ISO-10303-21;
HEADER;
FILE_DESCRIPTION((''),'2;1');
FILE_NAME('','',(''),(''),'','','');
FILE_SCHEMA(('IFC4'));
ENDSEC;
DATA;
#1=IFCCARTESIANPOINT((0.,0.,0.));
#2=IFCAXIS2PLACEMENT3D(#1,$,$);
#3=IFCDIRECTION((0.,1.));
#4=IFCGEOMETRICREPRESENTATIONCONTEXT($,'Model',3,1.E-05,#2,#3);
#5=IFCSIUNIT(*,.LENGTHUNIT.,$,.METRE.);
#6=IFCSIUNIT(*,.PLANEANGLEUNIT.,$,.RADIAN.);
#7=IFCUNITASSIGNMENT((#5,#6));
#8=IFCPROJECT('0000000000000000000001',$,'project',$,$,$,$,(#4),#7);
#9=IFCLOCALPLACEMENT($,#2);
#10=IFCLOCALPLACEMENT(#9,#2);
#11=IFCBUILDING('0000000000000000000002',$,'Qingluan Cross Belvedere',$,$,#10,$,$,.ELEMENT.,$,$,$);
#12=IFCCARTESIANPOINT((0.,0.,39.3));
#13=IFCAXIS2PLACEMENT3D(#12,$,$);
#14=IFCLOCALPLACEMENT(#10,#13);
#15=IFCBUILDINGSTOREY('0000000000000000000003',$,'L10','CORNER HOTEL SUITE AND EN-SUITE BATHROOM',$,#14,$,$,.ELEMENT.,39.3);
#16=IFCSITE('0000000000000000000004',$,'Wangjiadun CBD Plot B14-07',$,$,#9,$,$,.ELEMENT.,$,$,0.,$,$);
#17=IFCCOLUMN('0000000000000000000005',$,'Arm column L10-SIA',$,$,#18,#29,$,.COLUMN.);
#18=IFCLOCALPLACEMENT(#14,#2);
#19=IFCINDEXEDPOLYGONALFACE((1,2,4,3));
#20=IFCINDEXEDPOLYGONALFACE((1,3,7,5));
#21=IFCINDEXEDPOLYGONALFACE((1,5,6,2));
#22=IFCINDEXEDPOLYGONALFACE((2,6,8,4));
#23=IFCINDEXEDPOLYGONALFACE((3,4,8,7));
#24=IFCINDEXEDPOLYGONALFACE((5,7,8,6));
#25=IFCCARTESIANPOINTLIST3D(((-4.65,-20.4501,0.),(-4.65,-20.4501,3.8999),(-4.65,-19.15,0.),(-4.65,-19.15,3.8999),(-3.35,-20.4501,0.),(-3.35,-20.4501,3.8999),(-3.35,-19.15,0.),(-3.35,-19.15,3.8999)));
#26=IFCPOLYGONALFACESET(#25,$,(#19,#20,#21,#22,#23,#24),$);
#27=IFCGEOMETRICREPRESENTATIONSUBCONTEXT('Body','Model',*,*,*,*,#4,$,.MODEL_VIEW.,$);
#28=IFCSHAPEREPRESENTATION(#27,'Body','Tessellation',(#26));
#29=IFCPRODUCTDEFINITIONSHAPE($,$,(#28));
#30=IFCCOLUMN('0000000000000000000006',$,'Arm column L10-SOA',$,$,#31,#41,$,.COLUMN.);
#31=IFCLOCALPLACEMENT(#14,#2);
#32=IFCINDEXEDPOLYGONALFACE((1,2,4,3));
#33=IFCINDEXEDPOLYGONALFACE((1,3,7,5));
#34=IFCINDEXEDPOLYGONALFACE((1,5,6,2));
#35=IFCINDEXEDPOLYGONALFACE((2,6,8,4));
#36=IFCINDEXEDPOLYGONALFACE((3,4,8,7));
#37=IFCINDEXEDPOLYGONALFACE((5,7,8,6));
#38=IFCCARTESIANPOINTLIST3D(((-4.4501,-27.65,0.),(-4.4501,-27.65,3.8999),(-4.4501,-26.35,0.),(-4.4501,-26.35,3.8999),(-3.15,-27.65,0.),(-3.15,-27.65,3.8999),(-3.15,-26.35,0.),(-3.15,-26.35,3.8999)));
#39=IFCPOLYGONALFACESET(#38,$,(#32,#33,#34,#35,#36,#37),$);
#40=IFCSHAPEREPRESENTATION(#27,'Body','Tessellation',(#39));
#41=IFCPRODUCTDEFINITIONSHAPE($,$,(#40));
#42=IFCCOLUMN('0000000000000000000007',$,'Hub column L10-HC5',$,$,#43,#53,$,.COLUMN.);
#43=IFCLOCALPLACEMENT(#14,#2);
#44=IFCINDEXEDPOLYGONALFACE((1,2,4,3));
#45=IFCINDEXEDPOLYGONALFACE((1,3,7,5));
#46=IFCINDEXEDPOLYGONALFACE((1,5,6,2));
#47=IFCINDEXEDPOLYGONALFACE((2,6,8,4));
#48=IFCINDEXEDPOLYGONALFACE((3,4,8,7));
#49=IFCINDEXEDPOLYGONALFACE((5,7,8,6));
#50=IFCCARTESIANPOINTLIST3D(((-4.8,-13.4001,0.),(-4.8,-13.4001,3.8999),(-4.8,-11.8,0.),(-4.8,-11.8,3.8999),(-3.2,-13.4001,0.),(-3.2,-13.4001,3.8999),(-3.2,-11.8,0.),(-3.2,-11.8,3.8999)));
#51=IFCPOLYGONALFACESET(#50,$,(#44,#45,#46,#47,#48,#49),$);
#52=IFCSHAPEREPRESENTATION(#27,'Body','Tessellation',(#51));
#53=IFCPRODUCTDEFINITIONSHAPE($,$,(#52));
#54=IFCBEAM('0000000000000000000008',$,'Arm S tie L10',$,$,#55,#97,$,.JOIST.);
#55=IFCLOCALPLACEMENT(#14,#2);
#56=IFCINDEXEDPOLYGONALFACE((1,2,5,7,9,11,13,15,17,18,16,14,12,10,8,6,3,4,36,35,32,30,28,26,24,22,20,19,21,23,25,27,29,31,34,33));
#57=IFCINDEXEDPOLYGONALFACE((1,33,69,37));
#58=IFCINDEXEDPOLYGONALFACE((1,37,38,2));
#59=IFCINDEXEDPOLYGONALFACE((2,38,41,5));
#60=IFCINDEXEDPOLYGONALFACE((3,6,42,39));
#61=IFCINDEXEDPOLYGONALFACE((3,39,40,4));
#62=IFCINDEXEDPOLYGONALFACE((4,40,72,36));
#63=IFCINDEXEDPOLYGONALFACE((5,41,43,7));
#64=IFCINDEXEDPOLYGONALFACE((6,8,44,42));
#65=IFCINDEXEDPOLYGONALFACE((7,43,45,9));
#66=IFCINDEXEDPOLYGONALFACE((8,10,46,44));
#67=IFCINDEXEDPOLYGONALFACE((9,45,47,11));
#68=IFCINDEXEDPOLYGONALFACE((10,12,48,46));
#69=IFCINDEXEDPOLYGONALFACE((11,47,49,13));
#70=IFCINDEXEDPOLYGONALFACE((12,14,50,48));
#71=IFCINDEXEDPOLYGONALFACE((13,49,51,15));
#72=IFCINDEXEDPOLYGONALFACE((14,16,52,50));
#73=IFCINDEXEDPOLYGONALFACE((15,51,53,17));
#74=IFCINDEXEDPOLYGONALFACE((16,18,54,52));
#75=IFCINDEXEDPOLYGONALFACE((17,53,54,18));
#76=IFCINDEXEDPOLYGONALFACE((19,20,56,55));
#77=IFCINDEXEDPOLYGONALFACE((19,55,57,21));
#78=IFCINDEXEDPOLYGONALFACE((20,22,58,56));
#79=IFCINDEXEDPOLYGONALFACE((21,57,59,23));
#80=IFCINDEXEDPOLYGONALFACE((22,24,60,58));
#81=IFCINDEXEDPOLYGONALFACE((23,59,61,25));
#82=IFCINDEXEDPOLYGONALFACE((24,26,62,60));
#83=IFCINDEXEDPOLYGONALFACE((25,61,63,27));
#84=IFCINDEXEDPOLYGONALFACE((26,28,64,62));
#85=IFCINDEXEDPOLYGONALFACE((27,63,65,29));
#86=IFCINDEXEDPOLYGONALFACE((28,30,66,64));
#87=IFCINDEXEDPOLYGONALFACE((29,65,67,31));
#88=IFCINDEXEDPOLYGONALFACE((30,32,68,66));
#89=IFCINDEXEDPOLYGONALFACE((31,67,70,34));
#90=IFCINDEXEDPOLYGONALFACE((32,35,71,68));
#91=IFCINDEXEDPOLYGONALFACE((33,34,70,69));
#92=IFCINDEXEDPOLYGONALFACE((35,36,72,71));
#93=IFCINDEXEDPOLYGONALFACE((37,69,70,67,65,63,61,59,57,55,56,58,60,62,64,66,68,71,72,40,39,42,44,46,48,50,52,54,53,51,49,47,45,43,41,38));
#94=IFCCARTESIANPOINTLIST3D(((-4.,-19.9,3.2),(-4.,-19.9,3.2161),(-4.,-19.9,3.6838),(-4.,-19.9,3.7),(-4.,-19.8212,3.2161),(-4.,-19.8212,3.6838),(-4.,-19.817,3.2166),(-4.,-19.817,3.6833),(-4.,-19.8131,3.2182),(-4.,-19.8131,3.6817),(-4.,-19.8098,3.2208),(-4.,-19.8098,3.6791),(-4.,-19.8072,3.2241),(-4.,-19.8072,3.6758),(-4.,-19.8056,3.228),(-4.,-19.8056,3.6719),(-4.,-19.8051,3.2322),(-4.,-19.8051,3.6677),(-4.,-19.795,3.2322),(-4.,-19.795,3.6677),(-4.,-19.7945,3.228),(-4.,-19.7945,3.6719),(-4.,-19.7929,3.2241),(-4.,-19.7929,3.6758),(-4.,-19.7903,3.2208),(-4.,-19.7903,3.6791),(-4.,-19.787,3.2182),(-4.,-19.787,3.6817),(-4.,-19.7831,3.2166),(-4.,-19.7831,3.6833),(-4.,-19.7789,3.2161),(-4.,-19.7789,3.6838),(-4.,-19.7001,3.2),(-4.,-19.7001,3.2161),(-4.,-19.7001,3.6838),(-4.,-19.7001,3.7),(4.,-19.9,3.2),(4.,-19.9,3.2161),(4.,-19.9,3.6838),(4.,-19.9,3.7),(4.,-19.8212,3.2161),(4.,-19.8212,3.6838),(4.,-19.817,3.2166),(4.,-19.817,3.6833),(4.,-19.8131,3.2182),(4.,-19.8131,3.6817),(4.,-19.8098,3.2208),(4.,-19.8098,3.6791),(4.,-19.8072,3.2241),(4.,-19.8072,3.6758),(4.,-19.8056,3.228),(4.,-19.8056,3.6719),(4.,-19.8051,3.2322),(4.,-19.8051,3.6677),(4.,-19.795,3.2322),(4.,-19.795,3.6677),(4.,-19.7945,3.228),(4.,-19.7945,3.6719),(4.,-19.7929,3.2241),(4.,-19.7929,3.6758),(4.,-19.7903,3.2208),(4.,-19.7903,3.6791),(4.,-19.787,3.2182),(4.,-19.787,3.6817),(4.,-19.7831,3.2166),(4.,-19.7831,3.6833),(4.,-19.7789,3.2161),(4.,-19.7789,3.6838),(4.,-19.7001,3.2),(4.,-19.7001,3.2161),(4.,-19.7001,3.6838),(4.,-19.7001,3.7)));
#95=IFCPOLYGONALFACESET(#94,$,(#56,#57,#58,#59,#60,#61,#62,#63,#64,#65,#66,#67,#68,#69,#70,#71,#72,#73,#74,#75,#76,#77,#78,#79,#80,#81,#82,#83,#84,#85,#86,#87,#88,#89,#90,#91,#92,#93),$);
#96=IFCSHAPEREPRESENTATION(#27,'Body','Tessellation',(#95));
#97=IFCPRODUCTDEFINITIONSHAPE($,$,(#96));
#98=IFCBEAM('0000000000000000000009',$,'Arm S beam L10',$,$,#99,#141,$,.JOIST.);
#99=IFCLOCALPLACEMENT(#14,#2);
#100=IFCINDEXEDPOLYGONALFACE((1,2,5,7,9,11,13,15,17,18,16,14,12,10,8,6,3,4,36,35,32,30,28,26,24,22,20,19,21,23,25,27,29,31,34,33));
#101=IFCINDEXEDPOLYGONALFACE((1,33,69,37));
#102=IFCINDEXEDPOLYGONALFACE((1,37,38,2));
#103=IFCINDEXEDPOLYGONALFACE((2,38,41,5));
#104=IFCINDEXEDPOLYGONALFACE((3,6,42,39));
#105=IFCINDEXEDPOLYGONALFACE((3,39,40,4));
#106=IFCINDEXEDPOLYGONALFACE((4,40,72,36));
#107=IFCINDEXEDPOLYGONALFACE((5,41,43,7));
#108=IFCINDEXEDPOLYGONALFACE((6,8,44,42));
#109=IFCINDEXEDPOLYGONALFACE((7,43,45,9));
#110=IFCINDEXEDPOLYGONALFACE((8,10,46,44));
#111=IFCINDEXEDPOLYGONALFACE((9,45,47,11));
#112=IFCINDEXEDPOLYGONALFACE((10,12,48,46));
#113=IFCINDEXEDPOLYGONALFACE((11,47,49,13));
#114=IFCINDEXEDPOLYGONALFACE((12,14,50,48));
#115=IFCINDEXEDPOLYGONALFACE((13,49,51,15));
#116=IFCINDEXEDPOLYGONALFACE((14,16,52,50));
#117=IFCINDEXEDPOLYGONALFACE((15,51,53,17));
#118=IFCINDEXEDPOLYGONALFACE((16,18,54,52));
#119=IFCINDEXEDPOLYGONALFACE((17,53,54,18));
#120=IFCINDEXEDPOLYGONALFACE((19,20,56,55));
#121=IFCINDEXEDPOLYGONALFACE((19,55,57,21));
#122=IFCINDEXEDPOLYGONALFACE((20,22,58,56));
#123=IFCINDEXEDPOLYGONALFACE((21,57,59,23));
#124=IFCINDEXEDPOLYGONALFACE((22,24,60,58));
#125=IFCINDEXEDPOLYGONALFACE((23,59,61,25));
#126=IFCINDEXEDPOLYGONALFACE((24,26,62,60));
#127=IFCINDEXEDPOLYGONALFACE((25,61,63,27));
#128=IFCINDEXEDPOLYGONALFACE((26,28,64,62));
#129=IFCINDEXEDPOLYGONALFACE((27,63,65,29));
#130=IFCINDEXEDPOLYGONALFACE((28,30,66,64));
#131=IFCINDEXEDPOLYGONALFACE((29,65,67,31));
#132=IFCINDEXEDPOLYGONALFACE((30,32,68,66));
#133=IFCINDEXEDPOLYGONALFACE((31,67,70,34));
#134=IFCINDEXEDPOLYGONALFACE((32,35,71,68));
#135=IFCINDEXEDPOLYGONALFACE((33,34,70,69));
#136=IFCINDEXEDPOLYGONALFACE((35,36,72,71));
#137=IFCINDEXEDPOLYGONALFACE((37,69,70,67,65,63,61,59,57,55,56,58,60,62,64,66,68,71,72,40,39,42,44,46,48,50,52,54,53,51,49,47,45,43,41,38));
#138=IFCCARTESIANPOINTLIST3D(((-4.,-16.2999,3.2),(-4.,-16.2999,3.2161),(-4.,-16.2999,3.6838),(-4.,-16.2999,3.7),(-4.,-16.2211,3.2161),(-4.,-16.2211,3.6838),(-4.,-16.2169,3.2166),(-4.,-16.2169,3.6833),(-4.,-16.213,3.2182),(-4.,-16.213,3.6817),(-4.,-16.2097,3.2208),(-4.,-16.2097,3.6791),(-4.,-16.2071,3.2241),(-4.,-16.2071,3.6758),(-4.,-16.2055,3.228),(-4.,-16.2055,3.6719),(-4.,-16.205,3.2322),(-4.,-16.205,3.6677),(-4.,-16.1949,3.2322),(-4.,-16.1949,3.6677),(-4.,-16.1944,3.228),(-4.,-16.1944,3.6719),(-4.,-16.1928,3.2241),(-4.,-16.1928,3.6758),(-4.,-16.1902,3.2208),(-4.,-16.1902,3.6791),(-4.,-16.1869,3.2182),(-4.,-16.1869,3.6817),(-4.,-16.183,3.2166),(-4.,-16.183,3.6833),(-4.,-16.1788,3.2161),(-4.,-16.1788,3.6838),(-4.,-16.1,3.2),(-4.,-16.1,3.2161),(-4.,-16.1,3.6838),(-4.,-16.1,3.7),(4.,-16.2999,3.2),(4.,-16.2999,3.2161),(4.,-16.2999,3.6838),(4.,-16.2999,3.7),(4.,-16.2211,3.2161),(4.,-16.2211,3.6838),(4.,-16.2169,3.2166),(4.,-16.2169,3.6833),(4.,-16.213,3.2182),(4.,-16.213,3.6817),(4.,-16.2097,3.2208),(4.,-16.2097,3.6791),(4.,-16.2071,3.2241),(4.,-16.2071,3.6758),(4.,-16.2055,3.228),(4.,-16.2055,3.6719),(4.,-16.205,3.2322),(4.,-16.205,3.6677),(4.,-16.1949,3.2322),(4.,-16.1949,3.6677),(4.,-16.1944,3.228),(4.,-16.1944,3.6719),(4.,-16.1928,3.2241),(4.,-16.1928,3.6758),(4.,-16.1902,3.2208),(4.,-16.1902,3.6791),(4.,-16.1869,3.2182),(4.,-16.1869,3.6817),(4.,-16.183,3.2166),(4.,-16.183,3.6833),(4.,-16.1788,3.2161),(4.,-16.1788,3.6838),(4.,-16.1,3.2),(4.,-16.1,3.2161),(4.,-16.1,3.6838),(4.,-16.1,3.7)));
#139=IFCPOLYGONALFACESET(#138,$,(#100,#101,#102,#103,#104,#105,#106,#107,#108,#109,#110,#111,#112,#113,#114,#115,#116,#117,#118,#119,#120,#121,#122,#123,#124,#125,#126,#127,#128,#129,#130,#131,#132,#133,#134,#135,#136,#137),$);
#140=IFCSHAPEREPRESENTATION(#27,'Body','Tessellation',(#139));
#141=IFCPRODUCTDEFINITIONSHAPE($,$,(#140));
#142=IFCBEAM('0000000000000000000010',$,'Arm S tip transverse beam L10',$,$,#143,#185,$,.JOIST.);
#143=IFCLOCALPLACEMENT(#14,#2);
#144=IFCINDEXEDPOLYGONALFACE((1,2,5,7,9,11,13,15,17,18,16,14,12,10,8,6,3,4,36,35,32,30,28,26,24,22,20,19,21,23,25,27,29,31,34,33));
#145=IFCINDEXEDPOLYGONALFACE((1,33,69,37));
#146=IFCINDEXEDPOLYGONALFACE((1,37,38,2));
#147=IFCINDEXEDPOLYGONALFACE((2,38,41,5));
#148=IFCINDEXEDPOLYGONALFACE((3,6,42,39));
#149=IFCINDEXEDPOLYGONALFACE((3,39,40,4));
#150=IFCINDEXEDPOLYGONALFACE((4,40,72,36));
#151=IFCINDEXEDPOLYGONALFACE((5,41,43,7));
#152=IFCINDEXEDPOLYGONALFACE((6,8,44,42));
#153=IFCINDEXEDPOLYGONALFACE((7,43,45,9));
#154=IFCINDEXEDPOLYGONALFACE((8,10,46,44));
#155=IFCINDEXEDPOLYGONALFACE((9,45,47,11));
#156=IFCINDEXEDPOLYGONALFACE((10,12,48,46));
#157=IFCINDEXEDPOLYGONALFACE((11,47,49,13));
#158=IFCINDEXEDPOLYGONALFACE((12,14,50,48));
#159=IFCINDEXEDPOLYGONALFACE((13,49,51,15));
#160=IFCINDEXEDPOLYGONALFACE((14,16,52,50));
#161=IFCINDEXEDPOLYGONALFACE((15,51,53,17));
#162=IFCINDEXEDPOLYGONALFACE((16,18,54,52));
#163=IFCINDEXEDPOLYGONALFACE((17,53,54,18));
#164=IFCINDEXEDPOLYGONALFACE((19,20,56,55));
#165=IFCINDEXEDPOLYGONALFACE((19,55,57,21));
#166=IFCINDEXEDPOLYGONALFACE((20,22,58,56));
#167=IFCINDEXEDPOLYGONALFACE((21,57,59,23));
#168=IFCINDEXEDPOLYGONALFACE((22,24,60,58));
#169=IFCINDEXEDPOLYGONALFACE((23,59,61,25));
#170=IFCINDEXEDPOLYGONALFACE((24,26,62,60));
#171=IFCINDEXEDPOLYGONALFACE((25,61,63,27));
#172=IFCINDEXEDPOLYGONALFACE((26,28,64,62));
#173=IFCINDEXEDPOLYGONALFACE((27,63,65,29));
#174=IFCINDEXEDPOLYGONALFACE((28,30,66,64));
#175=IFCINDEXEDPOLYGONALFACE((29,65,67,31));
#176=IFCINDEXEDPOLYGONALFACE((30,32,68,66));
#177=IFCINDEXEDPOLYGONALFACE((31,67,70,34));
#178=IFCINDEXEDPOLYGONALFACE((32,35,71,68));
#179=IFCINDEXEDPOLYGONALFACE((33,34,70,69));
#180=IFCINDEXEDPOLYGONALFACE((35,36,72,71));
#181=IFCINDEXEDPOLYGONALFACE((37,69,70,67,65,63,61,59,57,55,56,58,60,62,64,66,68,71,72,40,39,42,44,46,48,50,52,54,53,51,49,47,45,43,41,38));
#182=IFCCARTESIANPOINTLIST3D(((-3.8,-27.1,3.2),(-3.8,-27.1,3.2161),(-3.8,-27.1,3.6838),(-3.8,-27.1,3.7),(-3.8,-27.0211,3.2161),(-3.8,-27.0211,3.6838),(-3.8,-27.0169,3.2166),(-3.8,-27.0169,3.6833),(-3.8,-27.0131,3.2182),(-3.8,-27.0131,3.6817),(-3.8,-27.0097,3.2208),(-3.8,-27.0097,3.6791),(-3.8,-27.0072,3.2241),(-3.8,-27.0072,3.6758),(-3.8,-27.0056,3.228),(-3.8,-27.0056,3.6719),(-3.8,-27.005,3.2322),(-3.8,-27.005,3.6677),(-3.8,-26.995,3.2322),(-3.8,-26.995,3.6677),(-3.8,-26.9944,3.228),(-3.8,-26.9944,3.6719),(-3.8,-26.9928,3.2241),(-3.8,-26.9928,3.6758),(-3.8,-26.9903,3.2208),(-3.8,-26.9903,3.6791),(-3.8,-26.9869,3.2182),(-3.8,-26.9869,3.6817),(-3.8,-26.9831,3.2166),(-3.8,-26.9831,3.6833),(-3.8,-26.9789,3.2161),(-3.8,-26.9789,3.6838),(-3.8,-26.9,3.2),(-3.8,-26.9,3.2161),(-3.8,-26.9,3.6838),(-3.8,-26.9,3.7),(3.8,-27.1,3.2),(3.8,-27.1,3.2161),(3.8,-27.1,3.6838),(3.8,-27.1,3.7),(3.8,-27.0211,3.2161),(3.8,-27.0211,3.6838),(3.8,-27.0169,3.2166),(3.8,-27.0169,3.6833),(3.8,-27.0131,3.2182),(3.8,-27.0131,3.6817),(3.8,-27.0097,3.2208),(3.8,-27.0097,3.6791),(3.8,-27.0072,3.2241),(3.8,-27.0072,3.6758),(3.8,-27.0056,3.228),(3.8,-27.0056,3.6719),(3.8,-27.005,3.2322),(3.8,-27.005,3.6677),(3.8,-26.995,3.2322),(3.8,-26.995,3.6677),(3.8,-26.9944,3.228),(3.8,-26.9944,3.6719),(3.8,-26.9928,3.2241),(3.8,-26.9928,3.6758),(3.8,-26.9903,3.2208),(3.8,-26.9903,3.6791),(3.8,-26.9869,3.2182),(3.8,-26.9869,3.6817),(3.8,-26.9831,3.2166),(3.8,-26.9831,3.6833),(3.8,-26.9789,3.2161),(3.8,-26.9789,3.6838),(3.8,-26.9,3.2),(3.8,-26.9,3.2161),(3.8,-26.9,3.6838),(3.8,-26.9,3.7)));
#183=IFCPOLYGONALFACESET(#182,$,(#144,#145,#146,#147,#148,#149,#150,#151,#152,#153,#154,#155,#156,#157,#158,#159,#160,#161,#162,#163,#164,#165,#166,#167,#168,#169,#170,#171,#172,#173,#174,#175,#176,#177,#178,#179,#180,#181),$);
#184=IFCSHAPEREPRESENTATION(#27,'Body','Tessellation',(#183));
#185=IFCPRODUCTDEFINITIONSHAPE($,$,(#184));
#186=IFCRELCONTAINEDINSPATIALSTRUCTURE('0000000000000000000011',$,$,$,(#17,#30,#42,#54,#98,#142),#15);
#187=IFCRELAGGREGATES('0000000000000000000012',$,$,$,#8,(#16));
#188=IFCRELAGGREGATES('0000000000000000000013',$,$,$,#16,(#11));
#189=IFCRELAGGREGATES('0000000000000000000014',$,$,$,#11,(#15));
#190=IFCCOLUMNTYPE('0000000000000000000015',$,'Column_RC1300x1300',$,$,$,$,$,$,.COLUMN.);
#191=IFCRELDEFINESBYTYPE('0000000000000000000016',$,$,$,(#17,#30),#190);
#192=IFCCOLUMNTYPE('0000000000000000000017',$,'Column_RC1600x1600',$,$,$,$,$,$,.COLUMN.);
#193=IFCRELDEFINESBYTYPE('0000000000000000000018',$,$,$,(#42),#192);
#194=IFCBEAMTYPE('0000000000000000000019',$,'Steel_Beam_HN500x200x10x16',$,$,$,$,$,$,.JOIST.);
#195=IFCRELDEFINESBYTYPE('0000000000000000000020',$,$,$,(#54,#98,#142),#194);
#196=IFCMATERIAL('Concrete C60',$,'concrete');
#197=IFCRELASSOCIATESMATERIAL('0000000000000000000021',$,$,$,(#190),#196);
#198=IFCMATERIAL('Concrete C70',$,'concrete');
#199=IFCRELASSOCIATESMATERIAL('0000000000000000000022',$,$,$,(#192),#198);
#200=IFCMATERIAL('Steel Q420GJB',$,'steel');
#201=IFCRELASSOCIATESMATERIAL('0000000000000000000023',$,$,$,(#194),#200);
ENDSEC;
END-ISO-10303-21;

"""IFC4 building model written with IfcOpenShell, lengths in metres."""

from ifc_helpers import new_model, si_unit, direction, frame, origin, origin_2d, place, context, subcontext, project, spatial, rectangle, i_section, extrude, material, material_profile, profile_set, type_object, element, save


model = new_model("IFC4")

# Units and contexts
model_context = context("Model", 3, precision=1e-05, world=origin(), true_north=direction((0.0, 1.0)))
body_context = subcontext(model_context, "Body", "Model", "MODEL_VIEW")
ifc_project = project(units=[si_unit("LENGTHUNIT", "METRE"), si_unit("PLANEANGLEUNIT", "RADIAN")], contexts=[model_context])

# Site, building, storey
site_placement = place(None, origin())
site = spatial("IfcSite", under=ifc_project, at=site_placement, Name="Wangjiadun CBD Plot B14-07", CompositionType="ELEMENT", RefElevation=0.0)
building_placement = place(site_placement, origin())
building = spatial("IfcBuilding", under=site, at=building_placement, Name="Qingluan Cross Belvedere", CompositionType="ELEMENT")
storey_placement = place(building_placement, frame((0.0, 0.0, 39.3)))
storey = spatial("IfcBuildingStorey", under=building, at=storey_placement, Name="L10", Description="CORNER HOTEL SUITE AND EN-SUITE BATHROOM", CompositionType="ELEMENT", Elevation=39.3)

# Columns
ifc_material_1 = material(Name="Concrete C60", Category="concrete")
ifc_material_profile_1 = material_profile(ifc_material_1, rectangle(XDim=1.3, YDim=1.3, at=origin_2d()), Name="RC1300x1300")
ifc_profile_set_1 = profile_set([ifc_material_profile_1], Name="Concrete C60")
column_type_1 = type_object("IfcColumnType", Name="Column_RC1300x1300", PredefinedType="COLUMN", material=ifc_profile_set_1)
for number, where, z_axis, x_axis, name in (
    (1, (-4.0, -19.8, 0.0), (0.0, 0.0, 1.0), (1.0, 0.0, 0.0), "Arm column L10-SIA"),
    (2, (-3.8, -27.0, 0.0), (0.0, 0.0, 1.0), (1.0, 0.0, 0.0), "Arm column L10-SOA"),
):
    element("IfcColumn", number, at=place(storey_placement, frame(where, z_axis=z_axis, x_axis=x_axis)), inside=storey, type_object=column_type_1, Name=name, PredefinedType="COLUMN", context=body_context, shape_type="SweptSolid", body=[
        extrude(rectangle(XDim=1.3, YDim=1.3, at=origin_2d()), origin(), (0.0, 0.0, 1.0), 3.8999),
    ])
ifc_material_2 = material(Name="Concrete C70", Category="concrete")
ifc_material_profile_2 = material_profile(ifc_material_2, rectangle(XDim=1.6001, YDim=1.6001, at=origin_2d()), Name="RC1600x1600")
ifc_profile_set_2 = profile_set([ifc_material_profile_2], Name="Concrete C70")
column_type_2 = type_object("IfcColumnType", Name="Column_RC1600x1600", PredefinedType="COLUMN", material=ifc_profile_set_2)
column_placement = place(storey_placement, frame((-4.0, -12.6001, 0.0), z_axis=(0.0, 0.0, 1.0), x_axis=(1.0, 0.0, 0.0)))
element("IfcColumn", 3, at=column_placement, inside=storey, type_object=column_type_2, Name="Hub column L10-HC5", PredefinedType="COLUMN", context=body_context, shape_type="SweptSolid", body=[
    extrude(rectangle(XDim=1.6001, YDim=1.6001, at=origin_2d()), origin(), (0.0, 0.0, 1.0), 3.8999),
])

# Beams
ifc_material_3 = material(Name="Steel Q420GJB", Category="steel")
ifc_material_profile_3 = material_profile(ifc_material_3, i_section(OverallWidth=0.2, OverallDepth=0.5, WebThickness=0.01, FlangeThickness=0.0161, FilletRadius=0.0161, at=origin_2d()), Name="HN500x200x10x16")
ifc_profile_set_3 = profile_set([ifc_material_profile_3], Name="Steel Q420GJB")
beam_type_1 = type_object("IfcBeamType", Name="Steel_Beam_HN500x200x10x16", PredefinedType="JOIST", material=ifc_profile_set_3)
for number, where, z_axis, x_axis, name in (
    (4, (-4.0, -19.8, 3.45), (1.0, 0.0, 0.0), (0.0, 1.0, 0.0), "Arm S tie L10"),
    (5, (-4.0, -16.2, 3.45), (1.0, 0.0, 0.0), (0.0, 1.0, 0.0), "Arm S beam L10"),
):
    element("IfcBeam", number, at=place(storey_placement, frame(where, z_axis=z_axis, x_axis=x_axis)), inside=storey, type_object=beam_type_1, Name=name, PredefinedType="JOIST", context=body_context, shape_type="SweptSolid", body=[
        extrude(i_section(OverallWidth=0.2, OverallDepth=0.5, WebThickness=0.01, FlangeThickness=0.0161, FilletRadius=0.0161, at=origin_2d()), origin(), (0.0, 0.0, 1.0), 8.0),
    ])
beam_1_placement = place(storey_placement, frame((-3.8, -27.0, 3.45), z_axis=(1.0, 0.0, 0.0), x_axis=(0.0, 1.0, 0.0)))
element("IfcBeam", 6, at=beam_1_placement, inside=storey, type_object=beam_type_1, Name="Arm S tip transverse beam L10", PredefinedType="JOIST", context=body_context, shape_type="SweptSolid", body=[
    extrude(i_section(OverallWidth=0.2, OverallDepth=0.5, WebThickness=0.01, FlangeThickness=0.0161, FilletRadius=0.0161, at=origin_2d()), origin(), (0.0, 0.0, 1.0), 7.6001),
])

save(model, "model.ifc")
